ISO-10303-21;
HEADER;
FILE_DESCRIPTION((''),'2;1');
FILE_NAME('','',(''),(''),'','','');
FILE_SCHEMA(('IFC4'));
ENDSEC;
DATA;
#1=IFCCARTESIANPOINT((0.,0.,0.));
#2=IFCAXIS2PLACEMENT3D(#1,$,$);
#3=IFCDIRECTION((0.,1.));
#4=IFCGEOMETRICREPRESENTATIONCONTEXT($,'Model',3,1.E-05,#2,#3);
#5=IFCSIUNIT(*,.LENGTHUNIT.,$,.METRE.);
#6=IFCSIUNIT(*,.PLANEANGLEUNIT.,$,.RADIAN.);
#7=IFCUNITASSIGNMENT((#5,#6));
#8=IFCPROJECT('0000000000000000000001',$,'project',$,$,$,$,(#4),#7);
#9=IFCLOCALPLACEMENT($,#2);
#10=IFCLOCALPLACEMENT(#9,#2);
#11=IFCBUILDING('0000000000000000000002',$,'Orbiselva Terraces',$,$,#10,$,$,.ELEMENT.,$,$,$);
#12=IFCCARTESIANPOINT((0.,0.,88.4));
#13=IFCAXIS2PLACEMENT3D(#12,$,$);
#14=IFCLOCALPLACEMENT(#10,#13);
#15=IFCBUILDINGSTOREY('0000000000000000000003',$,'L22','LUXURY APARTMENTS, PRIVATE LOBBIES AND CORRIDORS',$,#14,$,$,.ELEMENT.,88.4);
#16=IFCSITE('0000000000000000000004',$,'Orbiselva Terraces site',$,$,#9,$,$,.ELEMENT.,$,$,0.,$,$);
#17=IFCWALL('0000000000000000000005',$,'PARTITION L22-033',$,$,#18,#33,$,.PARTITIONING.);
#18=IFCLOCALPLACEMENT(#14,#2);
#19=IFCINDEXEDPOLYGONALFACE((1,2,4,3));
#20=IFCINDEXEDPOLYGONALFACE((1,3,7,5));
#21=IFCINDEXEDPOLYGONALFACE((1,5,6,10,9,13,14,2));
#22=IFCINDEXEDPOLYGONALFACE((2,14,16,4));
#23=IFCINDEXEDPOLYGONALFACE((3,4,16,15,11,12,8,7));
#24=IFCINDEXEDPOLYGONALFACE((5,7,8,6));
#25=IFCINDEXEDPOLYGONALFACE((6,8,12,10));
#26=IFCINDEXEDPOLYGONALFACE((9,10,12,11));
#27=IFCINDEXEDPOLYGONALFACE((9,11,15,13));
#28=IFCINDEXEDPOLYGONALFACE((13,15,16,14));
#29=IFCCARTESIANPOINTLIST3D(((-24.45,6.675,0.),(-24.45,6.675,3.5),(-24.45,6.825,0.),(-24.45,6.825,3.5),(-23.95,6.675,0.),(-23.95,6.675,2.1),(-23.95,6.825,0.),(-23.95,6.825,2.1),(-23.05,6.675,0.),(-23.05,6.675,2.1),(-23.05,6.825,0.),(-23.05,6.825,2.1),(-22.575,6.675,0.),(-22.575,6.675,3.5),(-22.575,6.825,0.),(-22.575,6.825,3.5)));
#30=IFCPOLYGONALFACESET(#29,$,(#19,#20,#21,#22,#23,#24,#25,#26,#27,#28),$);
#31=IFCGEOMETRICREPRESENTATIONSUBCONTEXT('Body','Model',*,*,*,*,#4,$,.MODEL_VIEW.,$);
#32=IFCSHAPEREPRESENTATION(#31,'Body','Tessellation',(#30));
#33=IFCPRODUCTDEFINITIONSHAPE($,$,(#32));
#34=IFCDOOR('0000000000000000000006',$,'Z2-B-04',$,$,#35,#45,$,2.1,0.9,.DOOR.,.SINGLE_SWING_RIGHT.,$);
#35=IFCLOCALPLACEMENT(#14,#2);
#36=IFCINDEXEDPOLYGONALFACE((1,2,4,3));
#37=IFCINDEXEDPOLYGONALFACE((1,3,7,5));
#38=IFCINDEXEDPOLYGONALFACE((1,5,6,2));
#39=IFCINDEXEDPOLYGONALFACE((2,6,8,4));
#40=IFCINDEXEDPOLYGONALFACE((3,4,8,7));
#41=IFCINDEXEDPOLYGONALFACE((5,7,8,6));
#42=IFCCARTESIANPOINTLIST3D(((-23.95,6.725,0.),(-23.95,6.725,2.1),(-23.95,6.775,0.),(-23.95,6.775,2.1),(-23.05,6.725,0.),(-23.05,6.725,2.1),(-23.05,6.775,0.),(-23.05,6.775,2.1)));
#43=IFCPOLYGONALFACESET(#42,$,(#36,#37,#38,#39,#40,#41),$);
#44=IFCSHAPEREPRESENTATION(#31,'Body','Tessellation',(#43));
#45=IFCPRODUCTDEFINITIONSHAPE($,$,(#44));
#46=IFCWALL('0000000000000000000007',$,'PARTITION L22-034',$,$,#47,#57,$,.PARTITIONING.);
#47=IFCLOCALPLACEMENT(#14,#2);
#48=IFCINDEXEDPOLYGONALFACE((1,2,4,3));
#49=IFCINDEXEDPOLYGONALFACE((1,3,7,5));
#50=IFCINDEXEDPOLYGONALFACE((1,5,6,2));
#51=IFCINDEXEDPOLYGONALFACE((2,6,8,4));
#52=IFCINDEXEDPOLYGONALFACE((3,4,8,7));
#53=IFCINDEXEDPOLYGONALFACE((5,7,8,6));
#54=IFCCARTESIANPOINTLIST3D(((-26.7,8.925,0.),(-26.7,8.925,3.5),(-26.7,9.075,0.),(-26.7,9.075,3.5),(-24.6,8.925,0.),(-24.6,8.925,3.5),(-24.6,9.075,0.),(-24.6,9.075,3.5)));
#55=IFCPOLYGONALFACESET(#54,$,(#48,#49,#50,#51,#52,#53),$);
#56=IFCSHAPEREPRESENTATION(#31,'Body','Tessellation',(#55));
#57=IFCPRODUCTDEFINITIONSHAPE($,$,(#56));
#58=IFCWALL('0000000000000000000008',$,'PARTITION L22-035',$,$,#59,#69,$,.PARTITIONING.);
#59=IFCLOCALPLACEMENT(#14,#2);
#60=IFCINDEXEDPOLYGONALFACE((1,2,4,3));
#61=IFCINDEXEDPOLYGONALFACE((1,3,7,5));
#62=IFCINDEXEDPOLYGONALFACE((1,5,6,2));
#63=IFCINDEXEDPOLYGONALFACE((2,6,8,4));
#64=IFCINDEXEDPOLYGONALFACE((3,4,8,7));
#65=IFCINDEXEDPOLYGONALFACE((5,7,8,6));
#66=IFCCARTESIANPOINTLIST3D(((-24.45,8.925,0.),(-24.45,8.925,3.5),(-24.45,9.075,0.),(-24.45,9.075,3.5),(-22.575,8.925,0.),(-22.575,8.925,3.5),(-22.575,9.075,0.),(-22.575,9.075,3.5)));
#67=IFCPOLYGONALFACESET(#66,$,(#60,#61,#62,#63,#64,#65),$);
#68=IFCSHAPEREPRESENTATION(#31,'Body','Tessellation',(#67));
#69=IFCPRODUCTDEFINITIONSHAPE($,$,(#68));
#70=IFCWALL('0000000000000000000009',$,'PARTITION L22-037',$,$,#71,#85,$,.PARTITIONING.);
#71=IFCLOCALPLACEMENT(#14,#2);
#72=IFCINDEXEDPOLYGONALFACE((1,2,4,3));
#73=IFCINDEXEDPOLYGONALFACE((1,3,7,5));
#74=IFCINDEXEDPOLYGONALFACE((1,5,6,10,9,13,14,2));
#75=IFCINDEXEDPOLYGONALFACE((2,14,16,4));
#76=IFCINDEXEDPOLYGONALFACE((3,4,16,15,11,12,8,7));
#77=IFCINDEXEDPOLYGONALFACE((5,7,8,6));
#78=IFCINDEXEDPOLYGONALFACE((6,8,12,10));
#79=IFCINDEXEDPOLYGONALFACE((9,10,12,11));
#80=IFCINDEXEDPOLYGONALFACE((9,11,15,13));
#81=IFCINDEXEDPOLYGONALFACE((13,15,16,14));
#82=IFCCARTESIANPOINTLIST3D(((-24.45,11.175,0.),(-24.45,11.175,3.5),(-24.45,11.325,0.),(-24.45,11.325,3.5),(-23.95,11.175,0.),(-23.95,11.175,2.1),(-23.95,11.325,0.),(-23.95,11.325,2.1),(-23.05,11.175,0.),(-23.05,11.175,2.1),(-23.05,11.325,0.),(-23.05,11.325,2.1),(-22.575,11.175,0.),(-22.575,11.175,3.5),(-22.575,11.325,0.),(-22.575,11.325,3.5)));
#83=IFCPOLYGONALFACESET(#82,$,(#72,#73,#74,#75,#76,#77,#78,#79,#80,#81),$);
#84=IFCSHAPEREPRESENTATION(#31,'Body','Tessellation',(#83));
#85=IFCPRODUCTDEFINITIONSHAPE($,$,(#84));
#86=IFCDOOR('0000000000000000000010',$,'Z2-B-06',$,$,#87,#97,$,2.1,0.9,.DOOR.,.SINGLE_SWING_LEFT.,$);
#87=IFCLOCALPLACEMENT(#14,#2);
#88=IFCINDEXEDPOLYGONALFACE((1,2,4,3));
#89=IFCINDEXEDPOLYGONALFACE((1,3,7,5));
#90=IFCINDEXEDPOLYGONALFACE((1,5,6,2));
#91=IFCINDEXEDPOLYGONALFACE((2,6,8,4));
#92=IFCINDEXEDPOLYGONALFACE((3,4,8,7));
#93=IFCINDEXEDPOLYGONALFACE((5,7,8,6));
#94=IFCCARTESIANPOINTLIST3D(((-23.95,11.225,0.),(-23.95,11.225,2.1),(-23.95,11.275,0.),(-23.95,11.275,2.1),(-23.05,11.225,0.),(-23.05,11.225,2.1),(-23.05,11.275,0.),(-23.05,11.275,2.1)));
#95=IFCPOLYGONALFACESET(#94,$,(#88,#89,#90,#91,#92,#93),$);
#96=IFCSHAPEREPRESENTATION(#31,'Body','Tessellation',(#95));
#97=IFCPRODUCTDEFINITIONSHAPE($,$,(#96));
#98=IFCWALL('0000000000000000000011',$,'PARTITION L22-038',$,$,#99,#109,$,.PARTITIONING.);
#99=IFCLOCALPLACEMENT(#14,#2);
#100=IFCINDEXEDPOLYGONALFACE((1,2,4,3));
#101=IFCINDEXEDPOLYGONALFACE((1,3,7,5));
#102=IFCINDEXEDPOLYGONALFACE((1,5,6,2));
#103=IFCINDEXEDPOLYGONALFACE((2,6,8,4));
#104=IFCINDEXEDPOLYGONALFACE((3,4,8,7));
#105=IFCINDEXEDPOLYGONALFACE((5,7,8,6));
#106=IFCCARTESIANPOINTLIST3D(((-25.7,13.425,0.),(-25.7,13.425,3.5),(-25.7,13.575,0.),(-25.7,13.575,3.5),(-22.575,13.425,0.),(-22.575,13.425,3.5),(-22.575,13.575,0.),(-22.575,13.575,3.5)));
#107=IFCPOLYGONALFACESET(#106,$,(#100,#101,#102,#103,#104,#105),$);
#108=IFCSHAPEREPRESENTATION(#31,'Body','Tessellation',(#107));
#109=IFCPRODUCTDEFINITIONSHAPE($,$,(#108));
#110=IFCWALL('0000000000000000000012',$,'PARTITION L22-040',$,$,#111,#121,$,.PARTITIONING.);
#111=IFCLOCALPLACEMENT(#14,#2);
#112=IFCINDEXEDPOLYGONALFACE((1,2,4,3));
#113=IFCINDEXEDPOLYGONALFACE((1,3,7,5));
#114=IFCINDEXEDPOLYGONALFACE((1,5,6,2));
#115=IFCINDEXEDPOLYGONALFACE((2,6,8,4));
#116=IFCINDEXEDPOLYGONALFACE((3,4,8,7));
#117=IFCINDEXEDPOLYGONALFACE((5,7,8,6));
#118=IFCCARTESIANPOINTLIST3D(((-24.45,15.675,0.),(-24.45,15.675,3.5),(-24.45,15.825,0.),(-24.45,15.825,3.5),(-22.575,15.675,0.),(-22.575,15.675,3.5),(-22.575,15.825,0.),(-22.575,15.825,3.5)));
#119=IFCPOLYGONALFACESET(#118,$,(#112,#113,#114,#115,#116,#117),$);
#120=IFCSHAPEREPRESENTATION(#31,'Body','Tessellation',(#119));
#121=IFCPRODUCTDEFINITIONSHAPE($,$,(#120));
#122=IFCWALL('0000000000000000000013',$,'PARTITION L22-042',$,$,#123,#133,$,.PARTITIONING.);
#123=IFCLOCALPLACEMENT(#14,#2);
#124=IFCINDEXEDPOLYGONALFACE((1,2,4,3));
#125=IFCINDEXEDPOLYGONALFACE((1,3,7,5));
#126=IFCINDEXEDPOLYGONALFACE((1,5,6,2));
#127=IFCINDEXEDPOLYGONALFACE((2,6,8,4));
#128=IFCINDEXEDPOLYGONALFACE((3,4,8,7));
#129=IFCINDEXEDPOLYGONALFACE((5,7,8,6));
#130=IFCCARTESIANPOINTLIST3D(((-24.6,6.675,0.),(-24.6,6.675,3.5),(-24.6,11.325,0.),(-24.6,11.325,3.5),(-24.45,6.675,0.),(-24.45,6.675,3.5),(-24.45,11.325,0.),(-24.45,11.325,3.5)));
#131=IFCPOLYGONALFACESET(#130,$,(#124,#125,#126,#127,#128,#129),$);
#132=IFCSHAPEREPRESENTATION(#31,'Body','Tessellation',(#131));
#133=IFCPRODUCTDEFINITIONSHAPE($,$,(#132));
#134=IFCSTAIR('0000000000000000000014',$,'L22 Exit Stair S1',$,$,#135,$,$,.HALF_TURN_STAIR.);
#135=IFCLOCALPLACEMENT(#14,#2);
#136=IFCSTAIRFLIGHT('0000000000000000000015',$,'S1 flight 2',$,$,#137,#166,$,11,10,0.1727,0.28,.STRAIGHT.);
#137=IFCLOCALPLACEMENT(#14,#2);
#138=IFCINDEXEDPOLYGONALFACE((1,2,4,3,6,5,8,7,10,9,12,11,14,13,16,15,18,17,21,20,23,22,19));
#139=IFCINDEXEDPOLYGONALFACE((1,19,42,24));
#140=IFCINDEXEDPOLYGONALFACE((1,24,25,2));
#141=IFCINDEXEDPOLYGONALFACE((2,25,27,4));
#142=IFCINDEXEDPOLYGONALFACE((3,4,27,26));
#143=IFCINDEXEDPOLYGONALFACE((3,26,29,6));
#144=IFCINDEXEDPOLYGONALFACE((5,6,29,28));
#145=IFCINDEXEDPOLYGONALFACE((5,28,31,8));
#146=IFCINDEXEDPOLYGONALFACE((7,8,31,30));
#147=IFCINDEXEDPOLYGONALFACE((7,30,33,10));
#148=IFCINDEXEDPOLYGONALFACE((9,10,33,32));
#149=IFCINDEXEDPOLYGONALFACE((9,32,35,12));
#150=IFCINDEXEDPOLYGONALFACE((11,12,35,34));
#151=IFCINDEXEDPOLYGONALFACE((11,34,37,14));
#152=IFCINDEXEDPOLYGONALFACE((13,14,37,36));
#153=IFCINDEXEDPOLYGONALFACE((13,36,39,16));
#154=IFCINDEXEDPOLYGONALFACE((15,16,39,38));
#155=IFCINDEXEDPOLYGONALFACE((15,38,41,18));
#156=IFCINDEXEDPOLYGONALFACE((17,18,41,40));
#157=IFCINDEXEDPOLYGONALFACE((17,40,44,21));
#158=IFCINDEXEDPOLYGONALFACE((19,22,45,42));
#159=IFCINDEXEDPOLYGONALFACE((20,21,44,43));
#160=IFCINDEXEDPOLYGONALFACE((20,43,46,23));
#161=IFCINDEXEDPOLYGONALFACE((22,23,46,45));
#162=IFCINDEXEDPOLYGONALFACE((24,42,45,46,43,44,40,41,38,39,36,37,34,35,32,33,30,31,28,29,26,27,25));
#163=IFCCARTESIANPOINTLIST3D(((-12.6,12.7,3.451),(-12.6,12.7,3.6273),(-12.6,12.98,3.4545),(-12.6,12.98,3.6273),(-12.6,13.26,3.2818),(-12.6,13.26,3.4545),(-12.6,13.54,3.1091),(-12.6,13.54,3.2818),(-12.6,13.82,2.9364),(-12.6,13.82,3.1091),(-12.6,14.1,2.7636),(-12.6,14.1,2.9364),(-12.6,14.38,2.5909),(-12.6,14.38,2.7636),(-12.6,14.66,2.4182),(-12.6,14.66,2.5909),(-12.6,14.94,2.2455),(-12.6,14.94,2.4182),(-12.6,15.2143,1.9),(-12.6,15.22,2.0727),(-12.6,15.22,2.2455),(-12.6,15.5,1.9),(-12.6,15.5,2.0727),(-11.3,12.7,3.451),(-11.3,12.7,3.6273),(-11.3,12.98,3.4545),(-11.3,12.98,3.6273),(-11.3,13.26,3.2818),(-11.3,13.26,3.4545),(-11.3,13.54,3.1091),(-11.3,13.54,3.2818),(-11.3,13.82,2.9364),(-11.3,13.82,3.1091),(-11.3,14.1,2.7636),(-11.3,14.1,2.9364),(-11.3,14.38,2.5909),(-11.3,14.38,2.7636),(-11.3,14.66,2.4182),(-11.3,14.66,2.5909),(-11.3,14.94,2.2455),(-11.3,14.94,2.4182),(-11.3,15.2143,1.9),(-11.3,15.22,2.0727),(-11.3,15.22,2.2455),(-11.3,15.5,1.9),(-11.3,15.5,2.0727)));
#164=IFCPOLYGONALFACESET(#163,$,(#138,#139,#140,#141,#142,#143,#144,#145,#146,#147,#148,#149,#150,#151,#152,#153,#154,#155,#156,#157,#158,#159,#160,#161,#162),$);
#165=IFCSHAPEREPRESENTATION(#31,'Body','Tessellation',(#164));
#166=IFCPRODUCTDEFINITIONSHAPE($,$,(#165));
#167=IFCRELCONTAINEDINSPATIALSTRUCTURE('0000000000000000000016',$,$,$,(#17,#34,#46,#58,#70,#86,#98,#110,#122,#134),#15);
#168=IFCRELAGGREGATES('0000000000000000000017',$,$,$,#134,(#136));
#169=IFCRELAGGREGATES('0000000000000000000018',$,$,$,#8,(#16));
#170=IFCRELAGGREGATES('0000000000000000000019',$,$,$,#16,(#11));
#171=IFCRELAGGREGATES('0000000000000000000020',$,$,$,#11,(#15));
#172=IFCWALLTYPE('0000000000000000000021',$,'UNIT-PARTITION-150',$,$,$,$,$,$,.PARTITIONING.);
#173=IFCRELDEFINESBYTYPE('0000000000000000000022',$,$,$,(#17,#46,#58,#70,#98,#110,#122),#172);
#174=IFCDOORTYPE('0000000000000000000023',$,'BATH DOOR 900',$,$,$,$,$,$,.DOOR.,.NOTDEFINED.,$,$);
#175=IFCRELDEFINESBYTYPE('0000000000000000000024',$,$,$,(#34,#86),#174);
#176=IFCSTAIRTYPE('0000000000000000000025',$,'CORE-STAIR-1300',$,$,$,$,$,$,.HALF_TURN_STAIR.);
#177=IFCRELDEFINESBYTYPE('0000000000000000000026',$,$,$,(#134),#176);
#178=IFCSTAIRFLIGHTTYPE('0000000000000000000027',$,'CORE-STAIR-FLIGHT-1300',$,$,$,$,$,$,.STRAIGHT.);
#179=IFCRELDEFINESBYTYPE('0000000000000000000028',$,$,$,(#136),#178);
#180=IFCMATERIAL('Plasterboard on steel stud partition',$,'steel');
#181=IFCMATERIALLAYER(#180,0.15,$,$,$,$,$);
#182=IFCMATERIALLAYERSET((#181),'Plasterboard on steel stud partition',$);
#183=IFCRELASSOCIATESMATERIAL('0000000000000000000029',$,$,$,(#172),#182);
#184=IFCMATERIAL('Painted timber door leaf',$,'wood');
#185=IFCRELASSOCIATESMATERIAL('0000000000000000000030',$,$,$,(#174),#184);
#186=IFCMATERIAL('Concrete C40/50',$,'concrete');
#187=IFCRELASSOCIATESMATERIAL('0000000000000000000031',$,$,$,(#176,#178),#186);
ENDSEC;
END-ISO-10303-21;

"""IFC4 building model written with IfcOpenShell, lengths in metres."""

from ifc_helpers import new_model, si_unit, direction, frame, frame_2d, origin, place, context, subcontext, project, spatial, polyline, rectangle, outline, extrude, material, layer, layer_set, type_object, element, fill, aggregate, save


model = new_model("IFC4")

# Units and contexts
model_context = context("Model", 3, precision=1e-05, world=origin(), true_north=direction((0.0, 1.0)))
body_context = subcontext(model_context, "Body", "Model", "MODEL_VIEW")
ifc_project = project(units=[si_unit("LENGTHUNIT", "METRE"), si_unit("PLANEANGLEUNIT", "RADIAN")], contexts=[model_context])

# Site, building, storey
site_placement = place(None, origin())
site = spatial("IfcSite", under=ifc_project, at=site_placement, Name="Orbiselva Terraces site", CompositionType="ELEMENT", RefElevation=0.0)
building_placement = place(site_placement, origin())
building = spatial("IfcBuilding", under=site, at=building_placement, Name="Orbiselva Terraces", CompositionType="ELEMENT")
storey_placement = place(building_placement, frame((0.0, 0.0, 88.4)))
storey = spatial("IfcBuildingStorey", under=building, at=storey_placement, Name="L22", Description="LUXURY APARTMENTS, PRIVATE LOBBIES AND CORRIDORS", CompositionType="ELEMENT", Elevation=88.4)

# Shared definitions
ifc_material_1 = material(Name="Plasterboard on steel stud partition", Category="steel")

# Wall, opening, door
ifc_material_2 = material(Name="Painted timber door leaf", Category="wood")
ifc_layer_1 = layer(ifc_material_1, 0.15)
ifc_layer_set_1 = layer_set([ifc_layer_1], Name="Plasterboard on steel stud partition")
wall_type_1 = type_object("IfcWallType", Name="UNIT-PARTITION-150", PredefinedType="PARTITIONING", material=ifc_layer_set_1)
wall_1_placement = place(storey_placement, frame((-24.45, 6.75, 0.0), z_axis=(0.0, 0.0, 1.0), x_axis=(1.0, 0.0, 0.0)))
wall_1 = element("IfcWall", 1, at=wall_1_placement, inside=storey, type_object=wall_type_1, Name="PARTITION L22-033", PredefinedType="PARTITIONING", context=body_context, shape_type="SweptSolid", body=[
    extrude(rectangle(XDim=1.875, YDim=0.15, at=frame_2d((0.9375, 0.0))), origin(), (0.0, 0.0, 1.0), 3.5),
])
opening_1_placement = place(wall_1_placement, frame((0.5, 0.0, 0.0)))
opening_1 = element("IfcOpeningElement", 2, at=opening_1_placement, cuts=wall_1, PredefinedType="OPENING", context=body_context, shape_type="SweptSolid", body=[
    extrude(rectangle(XDim=0.9, YDim=2.1, at=frame_2d((0.45, 1.05))), frame((0.0, 0.085, 0.0), z_axis=(0.0, -1.0, 0.0), x_axis=(1.0, 0.0, 0.0)), (0.0, 0.0, 1.0), 0.17),
])
door_type_1 = type_object("IfcDoorType", Name="BATH DOOR 900", OperationType="NOTDEFINED", PredefinedType="DOOR", material=ifc_material_2)
door_1_placement = place(opening_1_placement, origin())
door_1 = element("IfcDoor", 3, at=door_1_placement, inside=storey, type_object=door_type_1, Name="Z2-B-04", OperationType="SINGLE_SWING_RIGHT", OverallHeight=2.1, OverallWidth=0.9, PredefinedType="DOOR", context=body_context, shape_type="SweptSolid", body=[
    extrude(rectangle(XDim=0.9, YDim=2.1, at=frame_2d((0.45, 1.05))), frame((0.0, 0.025, 0.0), z_axis=(0.0, -1.0, 0.0), x_axis=(1.0, 0.0, 0.0)), (0.0, 0.0, 1.0), 0.05),
])
fill(opening_1, door_1)

# Walls
wall_2_placement = place(storey_placement, frame((-26.7, 9.0, 0.0), z_axis=(0.0, 0.0, 1.0), x_axis=(1.0, 0.0, 0.0)))
element("IfcWall", 4, at=wall_2_placement, inside=storey, type_object=wall_type_1, Name="PARTITION L22-034", PredefinedType="PARTITIONING", context=body_context, shape_type="SweptSolid", body=[
    extrude(rectangle(XDim=2.1, YDim=0.15, at=frame_2d((1.05, 0.0))), origin(), (0.0, 0.0, 1.0), 3.5),
])
wall_3_placement = place(storey_placement, frame((-24.45, 9.0, 0.0), z_axis=(0.0, 0.0, 1.0), x_axis=(1.0, 0.0, 0.0)))
element("IfcWall", 5, at=wall_3_placement, inside=storey, type_object=wall_type_1, Name="PARTITION L22-035", PredefinedType="PARTITIONING", context=body_context, shape_type="SweptSolid", body=[
    extrude(rectangle(XDim=1.875, YDim=0.15, at=frame_2d((0.9375, 0.0))), origin(), (0.0, 0.0, 1.0), 3.5),
])

# Wall, opening, door
wall_4_placement = place(storey_placement, frame((-22.575, 11.25, 0.0), z_axis=(0.0, 0.0, 1.0), x_axis=(-1.0, 0.0, 0.0)))
wall_4 = element("IfcWall", 6, at=wall_4_placement, inside=storey, type_object=wall_type_1, Name="PARTITION L22-037", PredefinedType="PARTITIONING", context=body_context, shape_type="SweptSolid", body=[
    extrude(rectangle(XDim=1.875, YDim=0.15, at=frame_2d((0.9375, 0.0))), origin(), (0.0, 0.0, 1.0), 3.5),
])
opening_2_placement = place(wall_4_placement, frame((0.475, 0.0, 0.0)))
opening_2 = element("IfcOpeningElement", 7, at=opening_2_placement, cuts=wall_4, PredefinedType="OPENING", context=body_context, shape_type="SweptSolid", body=[
    extrude(rectangle(XDim=0.9, YDim=2.1, at=frame_2d((0.45, 1.05))), frame((0.0, 0.085, 0.0), z_axis=(0.0, -1.0, 0.0), x_axis=(1.0, 0.0, 0.0)), (0.0, 0.0, 1.0), 0.17),
])
door_2_placement = place(opening_2_placement, origin())
door_2 = element("IfcDoor", 8, at=door_2_placement, inside=storey, type_object=door_type_1, Name="Z2-B-06", OperationType="SINGLE_SWING_LEFT", OverallHeight=2.1, OverallWidth=0.9, PredefinedType="DOOR", context=body_context, shape_type="SweptSolid", body=[
    extrude(rectangle(XDim=0.9, YDim=2.1, at=frame_2d((0.45, 1.05))), frame((0.0, 0.025, 0.0), z_axis=(0.0, -1.0, 0.0), x_axis=(1.0, 0.0, 0.0)), (0.0, 0.0, 1.0), 0.05),
])
fill(opening_2, door_2)

# Walls
wall_5_placement = place(storey_placement, frame((-25.7, 13.5, 0.0), z_axis=(0.0, 0.0, 1.0), x_axis=(1.0, 0.0, 0.0)))
element("IfcWall", 9, at=wall_5_placement, inside=storey, type_object=wall_type_1, Name="PARTITION L22-038", PredefinedType="PARTITIONING", context=body_context, shape_type="SweptSolid", body=[
    extrude(rectangle(XDim=3.125, YDim=0.15, at=frame_2d((1.5625, 0.0))), origin(), (0.0, 0.0, 1.0), 3.5),
])
wall_6_placement = place(storey_placement, frame((-24.45, 15.75, 0.0), z_axis=(0.0, 0.0, 1.0), x_axis=(1.0, 0.0, 0.0)))
element("IfcWall", 10, at=wall_6_placement, inside=storey, type_object=wall_type_1, Name="PARTITION L22-040", PredefinedType="PARTITIONING", context=body_context, shape_type="SweptSolid", body=[
    extrude(rectangle(XDim=1.875, YDim=0.15, at=frame_2d((0.9375, 0.0))), origin(), (0.0, 0.0, 1.0), 3.5),
])
wall_7_placement = place(storey_placement, frame((-24.525, 6.675, 0.0), z_axis=(0.0, 0.0, 1.0), x_axis=(0.0, 1.0, 0.0)))
element("IfcWall", 11, at=wall_7_placement, inside=storey, type_object=wall_type_1, Name="PARTITION L22-042", PredefinedType="PARTITIONING", context=body_context, shape_type="SweptSolid", body=[
    extrude(rectangle(XDim=4.65, YDim=0.15, at=frame_2d((2.325, 0.0))), origin(), (0.0, 0.0, 1.0), 3.5),
])

# Stair, stair flight
ifc_material_3 = material(Name="Concrete C40/50", Category="concrete")
stair_type = type_object("IfcStairType", Name="CORE-STAIR-1300", PredefinedType="HALF_TURN_STAIR", material=ifc_material_3)
stair_placement = place(storey_placement, origin())
stair = element("IfcStair", 12, at=stair_placement, inside=storey, type_object=stair_type, Name="L22 Exit Stair S1", PredefinedType="HALF_TURN_STAIR")
stair_flight_type = type_object("IfcStairFlightType", Name="CORE-STAIR-FLIGHT-1300", PredefinedType="STRAIGHT", material=ifc_material_3)
stair_flight_placement = place(storey_placement, frame((-11.95, 15.5, 1.9), z_axis=(0.0, 0.0, 1.0), x_axis=(0.0, -1.0, 0.0)))
stair_flight = element("IfcStairFlight", 13, at=stair_flight_placement, type_object=stair_flight_type, Name="S1 flight 2", NumberOfRisers=11, NumberOfTreads=10, PredefinedType="STRAIGHT", RiserHeight=0.1727, TreadLength=0.28, context=body_context, shape_type="SweptSolid", body=[
    extrude(outline(polyline([(0.0, 0.0), (0.0, 0.1727), (0.28, 0.1727), (0.28, 0.3455), (0.56, 0.3455), (0.56, 0.5182), (0.84, 0.5182), (0.84, 0.6909), (1.12, 0.6909), (1.12, 0.8636), (1.4, 0.8636), (1.4, 1.0364), (1.68, 1.0364), (1.68, 1.2091), (1.96, 1.2091), (1.96, 1.3818), (2.24, 1.3818), (2.24, 1.5545), (2.52, 1.5545), (2.52, 1.7273), (2.8, 1.7273), (2.8, 1.9), (2.8, 1.551), (0.2857, 0.0), (0.0, 0.0)])), frame((0.0, 0.65, 0.0), z_axis=(0.0, -1.0, 0.0), x_axis=(1.0, 0.0, 0.0)), (0.0, 0.0, 1.0), 1.3),
])
aggregate(stair, [stair_flight])

save(model, "model.ifc")
